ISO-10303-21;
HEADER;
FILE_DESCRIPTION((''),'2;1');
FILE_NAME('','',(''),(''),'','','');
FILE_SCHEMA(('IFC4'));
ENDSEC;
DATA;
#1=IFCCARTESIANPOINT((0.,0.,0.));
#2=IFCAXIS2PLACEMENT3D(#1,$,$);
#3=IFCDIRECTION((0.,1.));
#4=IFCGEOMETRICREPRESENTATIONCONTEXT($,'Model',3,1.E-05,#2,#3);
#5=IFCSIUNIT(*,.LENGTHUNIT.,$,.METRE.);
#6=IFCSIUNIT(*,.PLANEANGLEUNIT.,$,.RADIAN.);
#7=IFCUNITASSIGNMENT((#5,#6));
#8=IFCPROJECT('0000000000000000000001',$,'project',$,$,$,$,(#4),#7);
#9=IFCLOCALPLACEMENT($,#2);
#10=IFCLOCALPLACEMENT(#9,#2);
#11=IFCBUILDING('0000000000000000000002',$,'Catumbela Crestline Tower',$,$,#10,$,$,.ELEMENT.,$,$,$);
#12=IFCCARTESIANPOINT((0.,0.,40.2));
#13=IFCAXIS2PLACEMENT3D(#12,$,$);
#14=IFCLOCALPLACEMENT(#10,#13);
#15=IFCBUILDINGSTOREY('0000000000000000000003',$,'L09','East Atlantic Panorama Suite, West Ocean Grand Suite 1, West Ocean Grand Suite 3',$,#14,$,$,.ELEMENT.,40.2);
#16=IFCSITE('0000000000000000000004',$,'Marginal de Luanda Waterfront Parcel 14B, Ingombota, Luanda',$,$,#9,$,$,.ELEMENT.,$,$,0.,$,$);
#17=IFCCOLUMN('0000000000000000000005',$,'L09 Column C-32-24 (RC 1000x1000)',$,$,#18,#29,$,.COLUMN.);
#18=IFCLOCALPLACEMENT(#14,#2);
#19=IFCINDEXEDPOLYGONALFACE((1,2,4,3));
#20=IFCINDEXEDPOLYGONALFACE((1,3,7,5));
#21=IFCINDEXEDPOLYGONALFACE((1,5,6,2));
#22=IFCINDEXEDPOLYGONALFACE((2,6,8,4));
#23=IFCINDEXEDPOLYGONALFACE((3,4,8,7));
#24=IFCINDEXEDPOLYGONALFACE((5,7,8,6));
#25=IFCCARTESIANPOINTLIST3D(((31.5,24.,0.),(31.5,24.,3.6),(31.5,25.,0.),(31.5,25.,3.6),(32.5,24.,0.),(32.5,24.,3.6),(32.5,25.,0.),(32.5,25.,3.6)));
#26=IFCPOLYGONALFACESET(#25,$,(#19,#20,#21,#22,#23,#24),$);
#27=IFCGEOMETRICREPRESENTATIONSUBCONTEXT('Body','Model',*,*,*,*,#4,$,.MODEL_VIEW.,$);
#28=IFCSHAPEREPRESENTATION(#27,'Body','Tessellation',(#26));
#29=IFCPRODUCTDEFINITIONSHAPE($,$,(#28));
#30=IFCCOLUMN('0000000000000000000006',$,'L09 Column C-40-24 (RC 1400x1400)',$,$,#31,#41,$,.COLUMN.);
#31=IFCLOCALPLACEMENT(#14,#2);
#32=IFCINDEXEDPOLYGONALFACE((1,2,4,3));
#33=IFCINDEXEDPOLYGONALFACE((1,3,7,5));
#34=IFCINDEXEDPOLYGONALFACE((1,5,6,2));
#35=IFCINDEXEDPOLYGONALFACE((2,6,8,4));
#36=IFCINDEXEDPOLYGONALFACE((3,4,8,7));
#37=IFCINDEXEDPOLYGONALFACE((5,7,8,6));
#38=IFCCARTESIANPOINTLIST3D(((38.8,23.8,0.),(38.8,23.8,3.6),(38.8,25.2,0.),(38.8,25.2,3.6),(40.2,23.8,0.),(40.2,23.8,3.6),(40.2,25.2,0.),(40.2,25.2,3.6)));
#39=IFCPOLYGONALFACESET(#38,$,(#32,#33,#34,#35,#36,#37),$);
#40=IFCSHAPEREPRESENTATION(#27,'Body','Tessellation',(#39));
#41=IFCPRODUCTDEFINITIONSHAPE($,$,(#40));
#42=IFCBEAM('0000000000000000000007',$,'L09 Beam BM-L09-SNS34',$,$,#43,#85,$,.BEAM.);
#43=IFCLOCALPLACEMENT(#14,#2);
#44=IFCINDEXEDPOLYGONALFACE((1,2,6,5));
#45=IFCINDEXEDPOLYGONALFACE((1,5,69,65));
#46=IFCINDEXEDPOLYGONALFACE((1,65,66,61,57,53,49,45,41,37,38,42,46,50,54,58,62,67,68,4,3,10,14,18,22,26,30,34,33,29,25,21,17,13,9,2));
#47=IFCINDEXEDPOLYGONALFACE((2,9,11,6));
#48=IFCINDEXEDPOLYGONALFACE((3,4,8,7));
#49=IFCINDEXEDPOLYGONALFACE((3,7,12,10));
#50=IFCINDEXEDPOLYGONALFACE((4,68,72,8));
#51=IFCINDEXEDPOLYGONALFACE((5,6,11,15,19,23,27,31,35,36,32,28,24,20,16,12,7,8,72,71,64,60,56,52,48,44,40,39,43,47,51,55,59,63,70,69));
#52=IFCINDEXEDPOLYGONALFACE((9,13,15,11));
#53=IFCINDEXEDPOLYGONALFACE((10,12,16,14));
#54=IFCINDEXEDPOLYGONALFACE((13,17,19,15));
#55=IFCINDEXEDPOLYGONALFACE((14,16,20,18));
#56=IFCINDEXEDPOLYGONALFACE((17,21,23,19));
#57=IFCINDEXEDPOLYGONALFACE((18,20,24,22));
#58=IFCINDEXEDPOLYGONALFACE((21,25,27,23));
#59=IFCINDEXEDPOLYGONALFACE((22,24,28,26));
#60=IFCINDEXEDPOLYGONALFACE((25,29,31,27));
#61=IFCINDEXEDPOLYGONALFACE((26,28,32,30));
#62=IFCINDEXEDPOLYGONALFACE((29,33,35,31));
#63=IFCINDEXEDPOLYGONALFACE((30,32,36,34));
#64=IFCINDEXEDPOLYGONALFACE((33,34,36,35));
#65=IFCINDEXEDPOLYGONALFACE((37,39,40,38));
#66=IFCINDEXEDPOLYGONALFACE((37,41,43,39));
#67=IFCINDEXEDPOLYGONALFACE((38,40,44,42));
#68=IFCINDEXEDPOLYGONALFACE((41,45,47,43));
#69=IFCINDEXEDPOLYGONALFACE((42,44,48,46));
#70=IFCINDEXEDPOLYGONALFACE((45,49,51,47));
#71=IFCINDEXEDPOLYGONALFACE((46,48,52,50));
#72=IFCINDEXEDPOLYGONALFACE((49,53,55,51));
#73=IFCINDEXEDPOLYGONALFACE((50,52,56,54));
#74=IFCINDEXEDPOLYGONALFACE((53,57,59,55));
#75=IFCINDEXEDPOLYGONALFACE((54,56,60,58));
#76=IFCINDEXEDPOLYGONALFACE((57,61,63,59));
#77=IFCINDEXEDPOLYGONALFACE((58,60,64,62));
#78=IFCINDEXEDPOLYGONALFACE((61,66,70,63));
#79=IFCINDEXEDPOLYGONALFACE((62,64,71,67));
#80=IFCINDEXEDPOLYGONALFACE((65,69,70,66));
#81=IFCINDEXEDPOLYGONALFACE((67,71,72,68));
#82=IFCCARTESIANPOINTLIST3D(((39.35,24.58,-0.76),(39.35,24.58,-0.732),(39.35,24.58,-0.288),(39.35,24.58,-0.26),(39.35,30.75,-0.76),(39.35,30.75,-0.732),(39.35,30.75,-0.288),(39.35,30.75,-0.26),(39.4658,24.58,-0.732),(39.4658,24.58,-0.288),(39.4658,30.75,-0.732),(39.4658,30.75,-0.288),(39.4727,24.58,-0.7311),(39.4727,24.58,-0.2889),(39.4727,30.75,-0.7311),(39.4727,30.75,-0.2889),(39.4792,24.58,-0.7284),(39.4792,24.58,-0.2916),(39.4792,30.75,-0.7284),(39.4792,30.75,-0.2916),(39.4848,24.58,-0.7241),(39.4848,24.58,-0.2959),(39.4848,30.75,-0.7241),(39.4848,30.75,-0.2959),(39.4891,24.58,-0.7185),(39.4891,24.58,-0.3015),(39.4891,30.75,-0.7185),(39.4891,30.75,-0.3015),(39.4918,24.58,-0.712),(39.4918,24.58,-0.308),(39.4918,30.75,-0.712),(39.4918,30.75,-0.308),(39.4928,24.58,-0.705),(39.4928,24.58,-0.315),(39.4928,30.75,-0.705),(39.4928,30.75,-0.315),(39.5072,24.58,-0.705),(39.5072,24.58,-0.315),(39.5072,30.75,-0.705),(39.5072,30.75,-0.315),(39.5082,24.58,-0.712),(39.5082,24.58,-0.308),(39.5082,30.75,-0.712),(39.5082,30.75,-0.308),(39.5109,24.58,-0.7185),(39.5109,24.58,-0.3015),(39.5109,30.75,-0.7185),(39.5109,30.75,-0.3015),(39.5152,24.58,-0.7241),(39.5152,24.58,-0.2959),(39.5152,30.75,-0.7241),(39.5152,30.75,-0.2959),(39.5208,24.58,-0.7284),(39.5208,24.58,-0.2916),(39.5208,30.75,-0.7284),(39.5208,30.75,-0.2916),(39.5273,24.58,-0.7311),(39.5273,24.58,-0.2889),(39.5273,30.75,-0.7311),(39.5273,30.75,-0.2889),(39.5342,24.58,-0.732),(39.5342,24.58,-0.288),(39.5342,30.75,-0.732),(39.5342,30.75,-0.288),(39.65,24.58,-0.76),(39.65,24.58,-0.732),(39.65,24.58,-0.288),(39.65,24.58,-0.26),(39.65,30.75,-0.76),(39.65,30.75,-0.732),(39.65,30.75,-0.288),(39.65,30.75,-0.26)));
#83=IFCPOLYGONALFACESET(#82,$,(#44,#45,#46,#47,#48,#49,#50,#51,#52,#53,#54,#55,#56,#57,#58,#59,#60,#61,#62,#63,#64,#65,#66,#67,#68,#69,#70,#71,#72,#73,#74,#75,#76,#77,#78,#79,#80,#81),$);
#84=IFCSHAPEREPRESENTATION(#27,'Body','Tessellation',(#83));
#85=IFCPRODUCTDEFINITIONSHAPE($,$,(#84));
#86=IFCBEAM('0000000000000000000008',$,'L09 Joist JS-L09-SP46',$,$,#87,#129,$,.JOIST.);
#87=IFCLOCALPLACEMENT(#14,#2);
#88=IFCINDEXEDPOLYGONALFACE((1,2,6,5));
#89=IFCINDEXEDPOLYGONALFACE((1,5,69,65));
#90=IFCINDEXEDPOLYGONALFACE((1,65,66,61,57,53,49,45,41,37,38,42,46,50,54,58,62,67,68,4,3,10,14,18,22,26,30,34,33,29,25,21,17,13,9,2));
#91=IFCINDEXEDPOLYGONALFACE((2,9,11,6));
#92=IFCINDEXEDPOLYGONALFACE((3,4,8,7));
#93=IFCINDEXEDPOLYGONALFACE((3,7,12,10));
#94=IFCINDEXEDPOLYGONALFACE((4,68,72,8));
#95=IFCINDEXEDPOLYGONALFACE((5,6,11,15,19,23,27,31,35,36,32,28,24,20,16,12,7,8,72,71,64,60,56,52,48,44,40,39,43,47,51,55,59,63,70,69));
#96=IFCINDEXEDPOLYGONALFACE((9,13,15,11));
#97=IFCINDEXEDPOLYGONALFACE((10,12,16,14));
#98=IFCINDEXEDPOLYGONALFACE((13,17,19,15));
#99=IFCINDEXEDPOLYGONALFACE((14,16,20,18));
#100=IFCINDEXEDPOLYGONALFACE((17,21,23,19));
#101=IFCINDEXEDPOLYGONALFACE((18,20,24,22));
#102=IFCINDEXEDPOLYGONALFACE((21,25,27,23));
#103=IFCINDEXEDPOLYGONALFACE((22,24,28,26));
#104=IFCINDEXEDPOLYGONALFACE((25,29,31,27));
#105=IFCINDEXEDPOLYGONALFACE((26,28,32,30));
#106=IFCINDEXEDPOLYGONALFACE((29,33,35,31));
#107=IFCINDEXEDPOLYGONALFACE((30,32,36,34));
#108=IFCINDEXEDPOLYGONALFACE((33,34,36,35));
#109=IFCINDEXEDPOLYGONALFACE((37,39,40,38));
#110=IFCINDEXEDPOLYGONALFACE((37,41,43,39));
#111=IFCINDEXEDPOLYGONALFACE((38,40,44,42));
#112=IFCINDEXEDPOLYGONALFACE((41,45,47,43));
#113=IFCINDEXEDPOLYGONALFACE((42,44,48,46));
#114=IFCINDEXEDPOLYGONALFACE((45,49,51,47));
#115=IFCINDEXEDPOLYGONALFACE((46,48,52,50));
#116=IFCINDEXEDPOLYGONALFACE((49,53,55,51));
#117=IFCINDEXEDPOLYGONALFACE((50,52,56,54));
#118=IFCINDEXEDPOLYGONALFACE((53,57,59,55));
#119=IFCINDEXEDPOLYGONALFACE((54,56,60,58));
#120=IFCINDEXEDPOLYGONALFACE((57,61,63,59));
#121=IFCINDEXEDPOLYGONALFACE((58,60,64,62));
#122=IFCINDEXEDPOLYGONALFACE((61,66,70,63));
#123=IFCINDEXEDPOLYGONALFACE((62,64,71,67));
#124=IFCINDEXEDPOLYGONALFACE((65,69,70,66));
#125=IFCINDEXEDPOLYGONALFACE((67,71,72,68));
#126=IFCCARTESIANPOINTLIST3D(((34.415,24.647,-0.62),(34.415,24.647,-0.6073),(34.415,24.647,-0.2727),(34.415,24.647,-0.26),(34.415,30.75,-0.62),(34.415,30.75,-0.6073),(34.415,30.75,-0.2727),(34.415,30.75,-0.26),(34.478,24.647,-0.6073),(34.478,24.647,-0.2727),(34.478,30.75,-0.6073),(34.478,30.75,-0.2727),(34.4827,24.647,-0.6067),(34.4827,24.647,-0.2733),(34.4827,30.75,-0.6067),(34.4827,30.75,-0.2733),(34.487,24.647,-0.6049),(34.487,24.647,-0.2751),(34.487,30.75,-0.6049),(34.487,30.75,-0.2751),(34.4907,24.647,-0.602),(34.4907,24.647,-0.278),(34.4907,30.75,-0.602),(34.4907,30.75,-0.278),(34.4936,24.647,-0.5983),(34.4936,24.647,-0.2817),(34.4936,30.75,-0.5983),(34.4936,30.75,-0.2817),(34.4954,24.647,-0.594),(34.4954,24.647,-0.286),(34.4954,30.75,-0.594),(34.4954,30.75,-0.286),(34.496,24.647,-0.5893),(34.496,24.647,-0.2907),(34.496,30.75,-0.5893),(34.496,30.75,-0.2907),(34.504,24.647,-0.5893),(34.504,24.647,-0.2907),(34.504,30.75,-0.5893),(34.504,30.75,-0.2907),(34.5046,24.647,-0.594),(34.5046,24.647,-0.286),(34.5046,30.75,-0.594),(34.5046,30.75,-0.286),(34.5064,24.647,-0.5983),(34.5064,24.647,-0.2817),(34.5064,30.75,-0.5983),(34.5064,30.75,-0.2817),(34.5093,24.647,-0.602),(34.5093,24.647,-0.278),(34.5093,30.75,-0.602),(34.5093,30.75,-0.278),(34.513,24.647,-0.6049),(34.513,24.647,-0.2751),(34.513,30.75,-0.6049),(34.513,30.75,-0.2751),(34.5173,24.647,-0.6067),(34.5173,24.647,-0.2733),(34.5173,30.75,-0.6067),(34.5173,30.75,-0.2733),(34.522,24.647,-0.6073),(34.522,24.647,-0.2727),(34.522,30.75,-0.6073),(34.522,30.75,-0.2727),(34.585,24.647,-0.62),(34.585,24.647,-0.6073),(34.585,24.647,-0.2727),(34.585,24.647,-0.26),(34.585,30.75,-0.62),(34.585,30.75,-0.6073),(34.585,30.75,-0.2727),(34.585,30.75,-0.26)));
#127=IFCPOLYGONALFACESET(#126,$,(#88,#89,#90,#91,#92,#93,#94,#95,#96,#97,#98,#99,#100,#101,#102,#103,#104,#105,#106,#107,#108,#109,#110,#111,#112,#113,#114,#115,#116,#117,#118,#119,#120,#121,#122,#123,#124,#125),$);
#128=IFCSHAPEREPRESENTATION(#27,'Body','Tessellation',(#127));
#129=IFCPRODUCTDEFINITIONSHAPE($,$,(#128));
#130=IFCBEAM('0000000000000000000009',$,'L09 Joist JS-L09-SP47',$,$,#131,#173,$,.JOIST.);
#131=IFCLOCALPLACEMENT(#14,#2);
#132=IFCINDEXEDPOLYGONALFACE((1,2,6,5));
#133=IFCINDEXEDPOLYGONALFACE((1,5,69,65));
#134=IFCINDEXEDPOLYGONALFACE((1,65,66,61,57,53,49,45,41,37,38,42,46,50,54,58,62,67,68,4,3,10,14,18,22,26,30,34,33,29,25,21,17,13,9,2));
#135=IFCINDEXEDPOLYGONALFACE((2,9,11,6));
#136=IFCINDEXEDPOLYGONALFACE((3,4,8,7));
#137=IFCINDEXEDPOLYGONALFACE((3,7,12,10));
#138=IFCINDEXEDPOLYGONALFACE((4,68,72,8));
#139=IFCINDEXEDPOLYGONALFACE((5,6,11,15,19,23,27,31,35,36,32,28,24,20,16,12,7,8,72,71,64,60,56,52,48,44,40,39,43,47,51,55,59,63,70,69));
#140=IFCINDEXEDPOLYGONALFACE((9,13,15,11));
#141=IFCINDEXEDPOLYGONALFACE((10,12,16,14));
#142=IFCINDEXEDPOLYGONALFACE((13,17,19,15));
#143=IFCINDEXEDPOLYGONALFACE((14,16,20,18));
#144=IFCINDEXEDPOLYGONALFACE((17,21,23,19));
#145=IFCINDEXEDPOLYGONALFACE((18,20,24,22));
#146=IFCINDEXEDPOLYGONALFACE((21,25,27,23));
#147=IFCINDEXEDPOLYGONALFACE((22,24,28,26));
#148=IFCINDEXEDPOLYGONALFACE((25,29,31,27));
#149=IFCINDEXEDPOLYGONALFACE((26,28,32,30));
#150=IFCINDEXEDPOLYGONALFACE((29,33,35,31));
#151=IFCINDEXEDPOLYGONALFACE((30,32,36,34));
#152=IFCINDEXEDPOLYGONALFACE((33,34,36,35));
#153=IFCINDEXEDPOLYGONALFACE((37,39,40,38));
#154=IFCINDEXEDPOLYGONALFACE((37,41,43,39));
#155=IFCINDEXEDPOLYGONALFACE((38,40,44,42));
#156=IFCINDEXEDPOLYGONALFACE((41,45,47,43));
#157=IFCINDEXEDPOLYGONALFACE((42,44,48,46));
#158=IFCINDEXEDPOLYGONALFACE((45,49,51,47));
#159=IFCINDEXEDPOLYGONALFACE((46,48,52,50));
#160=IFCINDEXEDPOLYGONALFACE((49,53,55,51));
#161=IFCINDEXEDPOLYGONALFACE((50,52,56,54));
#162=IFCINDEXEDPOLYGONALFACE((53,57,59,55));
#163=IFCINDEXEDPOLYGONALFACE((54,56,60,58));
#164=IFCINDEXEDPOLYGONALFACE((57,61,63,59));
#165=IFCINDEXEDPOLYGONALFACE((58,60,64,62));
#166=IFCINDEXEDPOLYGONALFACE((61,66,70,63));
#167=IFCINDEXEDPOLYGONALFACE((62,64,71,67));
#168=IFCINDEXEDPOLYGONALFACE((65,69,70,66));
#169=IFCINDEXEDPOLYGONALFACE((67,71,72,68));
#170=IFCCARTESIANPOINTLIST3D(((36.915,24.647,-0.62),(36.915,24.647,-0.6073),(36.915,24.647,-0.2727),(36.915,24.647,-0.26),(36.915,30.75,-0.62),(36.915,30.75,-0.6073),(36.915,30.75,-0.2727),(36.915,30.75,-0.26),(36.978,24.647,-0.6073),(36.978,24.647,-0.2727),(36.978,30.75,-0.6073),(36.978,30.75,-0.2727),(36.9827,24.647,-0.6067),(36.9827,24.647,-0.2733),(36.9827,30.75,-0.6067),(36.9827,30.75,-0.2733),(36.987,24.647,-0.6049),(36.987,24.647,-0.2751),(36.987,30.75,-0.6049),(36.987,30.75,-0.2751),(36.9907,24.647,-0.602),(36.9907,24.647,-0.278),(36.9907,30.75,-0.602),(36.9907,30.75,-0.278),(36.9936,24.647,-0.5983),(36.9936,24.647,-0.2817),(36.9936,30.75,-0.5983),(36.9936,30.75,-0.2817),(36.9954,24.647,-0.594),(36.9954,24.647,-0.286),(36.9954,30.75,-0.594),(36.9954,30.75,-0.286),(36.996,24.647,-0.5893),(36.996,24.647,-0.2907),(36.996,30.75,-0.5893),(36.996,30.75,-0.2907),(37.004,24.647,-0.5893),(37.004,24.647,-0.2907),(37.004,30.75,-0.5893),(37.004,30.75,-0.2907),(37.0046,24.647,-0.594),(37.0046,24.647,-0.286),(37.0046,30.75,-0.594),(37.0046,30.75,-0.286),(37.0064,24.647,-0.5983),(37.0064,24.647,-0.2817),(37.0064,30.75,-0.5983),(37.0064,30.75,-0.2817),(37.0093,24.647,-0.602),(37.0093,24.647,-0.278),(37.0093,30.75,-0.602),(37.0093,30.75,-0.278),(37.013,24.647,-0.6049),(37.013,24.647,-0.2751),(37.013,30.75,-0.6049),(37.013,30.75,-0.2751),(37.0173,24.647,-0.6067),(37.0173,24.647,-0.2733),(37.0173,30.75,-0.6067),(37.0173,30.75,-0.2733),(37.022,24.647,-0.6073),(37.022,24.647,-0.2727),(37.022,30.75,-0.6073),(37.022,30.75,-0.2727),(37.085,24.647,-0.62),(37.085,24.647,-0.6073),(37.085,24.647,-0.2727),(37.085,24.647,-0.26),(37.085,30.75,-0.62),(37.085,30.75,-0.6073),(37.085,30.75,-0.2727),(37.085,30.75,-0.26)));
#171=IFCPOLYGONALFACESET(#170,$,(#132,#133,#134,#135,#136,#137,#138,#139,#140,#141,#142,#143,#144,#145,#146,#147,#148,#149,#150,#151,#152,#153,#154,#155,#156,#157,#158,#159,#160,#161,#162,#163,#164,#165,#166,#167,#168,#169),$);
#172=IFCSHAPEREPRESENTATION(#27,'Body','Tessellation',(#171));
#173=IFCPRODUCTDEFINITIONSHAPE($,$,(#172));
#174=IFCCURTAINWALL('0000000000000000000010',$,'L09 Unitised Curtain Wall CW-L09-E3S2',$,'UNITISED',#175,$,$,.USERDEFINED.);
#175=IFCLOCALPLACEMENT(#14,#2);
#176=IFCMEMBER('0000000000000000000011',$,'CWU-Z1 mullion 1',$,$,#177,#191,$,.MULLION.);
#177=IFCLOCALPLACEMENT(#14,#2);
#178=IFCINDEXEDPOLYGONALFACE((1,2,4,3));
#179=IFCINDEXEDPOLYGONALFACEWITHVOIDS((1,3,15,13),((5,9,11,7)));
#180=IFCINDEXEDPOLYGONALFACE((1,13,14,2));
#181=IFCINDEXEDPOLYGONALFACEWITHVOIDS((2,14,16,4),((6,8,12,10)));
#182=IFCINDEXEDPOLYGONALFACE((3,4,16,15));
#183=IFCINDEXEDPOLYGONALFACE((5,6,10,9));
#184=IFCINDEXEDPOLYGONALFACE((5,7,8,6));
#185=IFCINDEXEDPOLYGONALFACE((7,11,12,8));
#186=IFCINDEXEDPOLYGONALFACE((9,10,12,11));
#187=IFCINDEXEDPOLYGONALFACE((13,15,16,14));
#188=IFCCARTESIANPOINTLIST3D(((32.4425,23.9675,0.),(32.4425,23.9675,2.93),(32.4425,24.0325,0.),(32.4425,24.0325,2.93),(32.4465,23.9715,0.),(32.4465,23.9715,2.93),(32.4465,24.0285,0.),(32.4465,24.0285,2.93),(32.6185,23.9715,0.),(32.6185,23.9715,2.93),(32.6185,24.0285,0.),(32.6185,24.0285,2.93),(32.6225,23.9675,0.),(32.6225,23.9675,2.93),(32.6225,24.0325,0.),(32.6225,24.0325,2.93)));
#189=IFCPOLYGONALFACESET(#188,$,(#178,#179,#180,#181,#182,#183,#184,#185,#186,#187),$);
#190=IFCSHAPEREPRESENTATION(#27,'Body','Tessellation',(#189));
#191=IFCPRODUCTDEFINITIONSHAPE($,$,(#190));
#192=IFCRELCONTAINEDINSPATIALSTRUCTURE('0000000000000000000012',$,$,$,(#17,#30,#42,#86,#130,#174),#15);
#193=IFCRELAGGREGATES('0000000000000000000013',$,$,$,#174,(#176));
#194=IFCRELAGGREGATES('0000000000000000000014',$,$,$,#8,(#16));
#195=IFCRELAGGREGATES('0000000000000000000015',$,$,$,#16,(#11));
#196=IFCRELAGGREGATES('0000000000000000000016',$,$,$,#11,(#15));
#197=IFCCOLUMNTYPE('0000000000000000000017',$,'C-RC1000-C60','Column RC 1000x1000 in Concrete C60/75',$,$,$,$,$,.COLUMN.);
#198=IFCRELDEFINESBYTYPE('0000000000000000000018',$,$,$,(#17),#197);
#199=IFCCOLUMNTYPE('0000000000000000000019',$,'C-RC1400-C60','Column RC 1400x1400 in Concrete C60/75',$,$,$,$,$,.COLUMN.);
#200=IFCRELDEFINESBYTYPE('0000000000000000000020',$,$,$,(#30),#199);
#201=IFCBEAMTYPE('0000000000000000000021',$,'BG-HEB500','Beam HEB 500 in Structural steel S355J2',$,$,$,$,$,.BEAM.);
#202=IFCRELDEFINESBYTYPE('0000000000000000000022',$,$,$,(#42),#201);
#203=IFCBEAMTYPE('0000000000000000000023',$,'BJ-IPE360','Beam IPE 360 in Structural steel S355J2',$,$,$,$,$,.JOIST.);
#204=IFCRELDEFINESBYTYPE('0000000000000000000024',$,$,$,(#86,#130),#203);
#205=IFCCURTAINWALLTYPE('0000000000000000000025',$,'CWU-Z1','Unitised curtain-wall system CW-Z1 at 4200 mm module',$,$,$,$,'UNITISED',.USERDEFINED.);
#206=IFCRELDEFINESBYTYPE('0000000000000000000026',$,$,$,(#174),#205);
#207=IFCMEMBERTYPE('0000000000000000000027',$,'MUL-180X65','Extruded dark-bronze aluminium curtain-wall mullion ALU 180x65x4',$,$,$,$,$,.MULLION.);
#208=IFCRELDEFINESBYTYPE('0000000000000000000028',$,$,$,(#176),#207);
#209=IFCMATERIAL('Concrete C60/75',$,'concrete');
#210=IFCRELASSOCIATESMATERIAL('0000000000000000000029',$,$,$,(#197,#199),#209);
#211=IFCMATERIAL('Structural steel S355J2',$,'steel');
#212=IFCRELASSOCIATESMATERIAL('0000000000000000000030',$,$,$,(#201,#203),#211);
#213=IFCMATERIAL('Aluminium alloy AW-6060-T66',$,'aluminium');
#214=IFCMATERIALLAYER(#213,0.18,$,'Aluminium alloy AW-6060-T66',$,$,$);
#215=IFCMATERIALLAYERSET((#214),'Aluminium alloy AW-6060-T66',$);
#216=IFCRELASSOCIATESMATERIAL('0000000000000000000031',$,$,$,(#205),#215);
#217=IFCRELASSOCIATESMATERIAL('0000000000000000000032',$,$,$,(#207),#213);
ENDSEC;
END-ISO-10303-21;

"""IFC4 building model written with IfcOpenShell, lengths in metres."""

from ifc_helpers import new_model, si_unit, direction, frame, origin, origin_2d, place, context, subcontext, project, spatial, rectangle, hollow_rectangle, i_section, extrude, material, layer, layer_set, material_profile, profile_set, type_object, element, aggregate, save


model = new_model("IFC4")

# Units and contexts
model_context = context("Model", 3, precision=1e-05, world=origin(), true_north=direction((0.0, 1.0)))
body_context = subcontext(model_context, "Body", "Model", "MODEL_VIEW")
ifc_project = project(units=[si_unit("LENGTHUNIT", "METRE"), si_unit("PLANEANGLEUNIT", "RADIAN")], contexts=[model_context])

# Site, building, storey
site_placement = place(None, origin())
site = spatial("IfcSite", under=ifc_project, at=site_placement, Name="Marginal de Luanda Waterfront Parcel 14B, Ingombota, Luanda", CompositionType="ELEMENT", RefElevation=0.0)
building_placement = place(site_placement, origin())
building = spatial("IfcBuilding", under=site, at=building_placement, Name="Catumbela Crestline Tower", CompositionType="ELEMENT")
storey_placement = place(building_placement, frame((0.0, 0.0, 40.2)))
storey = spatial("IfcBuildingStorey", under=building, at=storey_placement, Name="L09", Description="East Atlantic Panorama Suite, West Ocean Grand Suite 1, West Ocean Grand Suite 3", CompositionType="ELEMENT", Elevation=40.2)

# Columns
ifc_material_1 = material(Name="Concrete C60/75", Category="concrete")
ifc_material_profile_1 = material_profile(ifc_material_1, rectangle(XDim=1.0, YDim=1.0, at=origin_2d()), Name="RC 1000x1000")
ifc_profile_set_1 = profile_set([ifc_material_profile_1], Name="Concrete C60/75")
column_type_1 = type_object("IfcColumnType", Name="C-RC1000-C60", Description="Column RC 1000x1000 in Concrete C60/75", PredefinedType="COLUMN", material=ifc_profile_set_1)
column_1_placement = place(storey_placement, frame((32.0, 24.5, 0.0), z_axis=(0.0, 0.0, 1.0), x_axis=(1.0, 0.0, 0.0)))
element("IfcColumn", 1, at=column_1_placement, inside=storey, type_object=column_type_1, Name="L09 Column C-32-24 (RC 1000x1000)", PredefinedType="COLUMN", context=body_context, shape_type="SweptSolid", body=[
    extrude(rectangle(XDim=1.0, YDim=1.0, at=origin_2d()), origin(), (0.0, 0.0, 1.0), 3.6),
])
ifc_material_profile_2 = material_profile(ifc_material_1, rectangle(XDim=1.4, YDim=1.4, at=origin_2d()), Name="RC 1400x1400")
ifc_profile_set_2 = profile_set([ifc_material_profile_2], Name="Concrete C60/75")
column_type_2 = type_object("IfcColumnType", Name="C-RC1400-C60", Description="Column RC 1400x1400 in Concrete C60/75", PredefinedType="COLUMN", material=ifc_profile_set_2)
column_2_placement = place(storey_placement, frame((39.5, 24.5, 0.0), z_axis=(0.0, 0.0, 1.0), x_axis=(1.0, 0.0, 0.0)))
element("IfcColumn", 2, at=column_2_placement, inside=storey, type_object=column_type_2, Name="L09 Column C-40-24 (RC 1400x1400)", PredefinedType="COLUMN", context=body_context, shape_type="SweptSolid", body=[
    extrude(rectangle(XDim=1.4, YDim=1.4, at=origin_2d()), origin(), (0.0, 0.0, 1.0), 3.6),
])

# Beams
ifc_material_2 = material(Name="Structural steel S355J2", Category="steel")
ifc_material_profile_3 = material_profile(ifc_material_2, i_section(OverallWidth=0.3, OverallDepth=0.5, WebThickness=0.0145, FlangeThickness=0.028, FilletRadius=0.027, at=origin_2d()), Name="HEB 500")
ifc_profile_set_3 = profile_set([ifc_material_profile_3], Name="Structural steel S355J2")
beam_type_1 = type_object("IfcBeamType", Name="BG-HEB500", Description="Beam HEB 500 in Structural steel S355J2", PredefinedType="BEAM", material=ifc_profile_set_3)
beam_1_placement = place(storey_placement, frame((39.5, 24.58, -0.51), z_axis=(0.0, 1.0, 0.0), x_axis=(-1.0, 0.0, 0.0)))
element("IfcBeam", 3, at=beam_1_placement, inside=storey, type_object=beam_type_1, Name="L09 Beam BM-L09-SNS34", PredefinedType="BEAM", context=body_context, shape_type="SweptSolid", body=[
    extrude(i_section(OverallWidth=0.3, OverallDepth=0.5, WebThickness=0.0145, FlangeThickness=0.028, FilletRadius=0.027, at=origin_2d()), origin(), (0.0, 0.0, 1.0), 6.17),
])
ifc_material_profile_4 = material_profile(ifc_material_2, i_section(OverallWidth=0.17, OverallDepth=0.36, WebThickness=0.008, FlangeThickness=0.0127, FilletRadius=0.018, at=origin_2d()), Name="IPE 360")
ifc_profile_set_4 = profile_set([ifc_material_profile_4], Name="Structural steel S355J2")
beam_type_2 = type_object("IfcBeamType", Name="BJ-IPE360", Description="Beam IPE 360 in Structural steel S355J2", PredefinedType="JOIST", material=ifc_profile_set_4)
for number, where, z_axis, x_axis, name in (
    (4, (34.5, 24.647, -0.44), (0.0, 1.0, 0.0), (-1.0, 0.0, 0.0), "L09 Joist JS-L09-SP46"),
    (5, (37.0, 24.647, -0.44), (0.0, 1.0, 0.0), (-1.0, 0.0, 0.0), "L09 Joist JS-L09-SP47"),
):
    element("IfcBeam", number, at=place(storey_placement, frame(where, z_axis=z_axis, x_axis=x_axis)), inside=storey, type_object=beam_type_2, Name=name, PredefinedType="JOIST", context=body_context, shape_type="SweptSolid", body=[
        extrude(i_section(OverallWidth=0.17, OverallDepth=0.36, WebThickness=0.008, FlangeThickness=0.0127, FilletRadius=0.018, at=origin_2d()), origin(), (0.0, 0.0, 1.0), 6.103),
    ])

# Curtain wall, member
ifc_material_3 = material(Name="Aluminium alloy AW-6060-T66", Category="aluminium")
ifc_layer_1 = layer(ifc_material_3, 0.18, Name="Aluminium alloy AW-6060-T66")
ifc_layer_set_1 = layer_set([ifc_layer_1], Name="Aluminium alloy AW-6060-T66")
curtain_wall_type = type_object("IfcCurtainWallType", Name="CWU-Z1", Description="Unitised curtain-wall system CW-Z1 at 4200 mm module", ElementType="UNITISED", PredefinedType="USERDEFINED", material=ifc_layer_set_1)
curtain_wall_1_placement = place(storey_placement, origin())
curtain_wall_1 = element("IfcCurtainWall", 6, at=curtain_wall_1_placement, inside=storey, type_object=curtain_wall_type, Name="L09 Unitised Curtain Wall CW-L09-E3S2", ObjectType="UNITISED", PredefinedType="USERDEFINED")
ifc_material_profile_5 = material_profile(ifc_material_3, hollow_rectangle(XDim=0.065, YDim=0.18, WallThickness=0.004, at=origin_2d()), Name="ALU 180x65x4")
ifc_profile_set_5 = profile_set([ifc_material_profile_5], Name="Aluminium alloy AW-6060-T66")
member_type_1 = type_object("IfcMemberType", Name="MUL-180X65", Description="Extruded dark-bronze aluminium curtain-wall mullion ALU 180x65x4", PredefinedType="MULLION", material=ifc_profile_set_5)
member_1_placement = place(storey_placement, frame((32.5325, 24.0, 0.0), z_axis=(0.0, 0.0, 1.0), x_axis=(0.0, 1.0, 0.0)))
member_1 = element("IfcMember", 7, at=member_1_placement, type_object=member_type_1, Name="CWU-Z1 mullion 1", PredefinedType="MULLION", context=body_context, shape_type="SweptSolid", body=[
    extrude(hollow_rectangle(XDim=0.065, YDim=0.18, WallThickness=0.004, at=origin_2d()), origin(), (0.0, 0.0, 1.0), 2.93),
])

aggregate(curtain_wall_1, [member_1])

save(model, "model.ifc")
